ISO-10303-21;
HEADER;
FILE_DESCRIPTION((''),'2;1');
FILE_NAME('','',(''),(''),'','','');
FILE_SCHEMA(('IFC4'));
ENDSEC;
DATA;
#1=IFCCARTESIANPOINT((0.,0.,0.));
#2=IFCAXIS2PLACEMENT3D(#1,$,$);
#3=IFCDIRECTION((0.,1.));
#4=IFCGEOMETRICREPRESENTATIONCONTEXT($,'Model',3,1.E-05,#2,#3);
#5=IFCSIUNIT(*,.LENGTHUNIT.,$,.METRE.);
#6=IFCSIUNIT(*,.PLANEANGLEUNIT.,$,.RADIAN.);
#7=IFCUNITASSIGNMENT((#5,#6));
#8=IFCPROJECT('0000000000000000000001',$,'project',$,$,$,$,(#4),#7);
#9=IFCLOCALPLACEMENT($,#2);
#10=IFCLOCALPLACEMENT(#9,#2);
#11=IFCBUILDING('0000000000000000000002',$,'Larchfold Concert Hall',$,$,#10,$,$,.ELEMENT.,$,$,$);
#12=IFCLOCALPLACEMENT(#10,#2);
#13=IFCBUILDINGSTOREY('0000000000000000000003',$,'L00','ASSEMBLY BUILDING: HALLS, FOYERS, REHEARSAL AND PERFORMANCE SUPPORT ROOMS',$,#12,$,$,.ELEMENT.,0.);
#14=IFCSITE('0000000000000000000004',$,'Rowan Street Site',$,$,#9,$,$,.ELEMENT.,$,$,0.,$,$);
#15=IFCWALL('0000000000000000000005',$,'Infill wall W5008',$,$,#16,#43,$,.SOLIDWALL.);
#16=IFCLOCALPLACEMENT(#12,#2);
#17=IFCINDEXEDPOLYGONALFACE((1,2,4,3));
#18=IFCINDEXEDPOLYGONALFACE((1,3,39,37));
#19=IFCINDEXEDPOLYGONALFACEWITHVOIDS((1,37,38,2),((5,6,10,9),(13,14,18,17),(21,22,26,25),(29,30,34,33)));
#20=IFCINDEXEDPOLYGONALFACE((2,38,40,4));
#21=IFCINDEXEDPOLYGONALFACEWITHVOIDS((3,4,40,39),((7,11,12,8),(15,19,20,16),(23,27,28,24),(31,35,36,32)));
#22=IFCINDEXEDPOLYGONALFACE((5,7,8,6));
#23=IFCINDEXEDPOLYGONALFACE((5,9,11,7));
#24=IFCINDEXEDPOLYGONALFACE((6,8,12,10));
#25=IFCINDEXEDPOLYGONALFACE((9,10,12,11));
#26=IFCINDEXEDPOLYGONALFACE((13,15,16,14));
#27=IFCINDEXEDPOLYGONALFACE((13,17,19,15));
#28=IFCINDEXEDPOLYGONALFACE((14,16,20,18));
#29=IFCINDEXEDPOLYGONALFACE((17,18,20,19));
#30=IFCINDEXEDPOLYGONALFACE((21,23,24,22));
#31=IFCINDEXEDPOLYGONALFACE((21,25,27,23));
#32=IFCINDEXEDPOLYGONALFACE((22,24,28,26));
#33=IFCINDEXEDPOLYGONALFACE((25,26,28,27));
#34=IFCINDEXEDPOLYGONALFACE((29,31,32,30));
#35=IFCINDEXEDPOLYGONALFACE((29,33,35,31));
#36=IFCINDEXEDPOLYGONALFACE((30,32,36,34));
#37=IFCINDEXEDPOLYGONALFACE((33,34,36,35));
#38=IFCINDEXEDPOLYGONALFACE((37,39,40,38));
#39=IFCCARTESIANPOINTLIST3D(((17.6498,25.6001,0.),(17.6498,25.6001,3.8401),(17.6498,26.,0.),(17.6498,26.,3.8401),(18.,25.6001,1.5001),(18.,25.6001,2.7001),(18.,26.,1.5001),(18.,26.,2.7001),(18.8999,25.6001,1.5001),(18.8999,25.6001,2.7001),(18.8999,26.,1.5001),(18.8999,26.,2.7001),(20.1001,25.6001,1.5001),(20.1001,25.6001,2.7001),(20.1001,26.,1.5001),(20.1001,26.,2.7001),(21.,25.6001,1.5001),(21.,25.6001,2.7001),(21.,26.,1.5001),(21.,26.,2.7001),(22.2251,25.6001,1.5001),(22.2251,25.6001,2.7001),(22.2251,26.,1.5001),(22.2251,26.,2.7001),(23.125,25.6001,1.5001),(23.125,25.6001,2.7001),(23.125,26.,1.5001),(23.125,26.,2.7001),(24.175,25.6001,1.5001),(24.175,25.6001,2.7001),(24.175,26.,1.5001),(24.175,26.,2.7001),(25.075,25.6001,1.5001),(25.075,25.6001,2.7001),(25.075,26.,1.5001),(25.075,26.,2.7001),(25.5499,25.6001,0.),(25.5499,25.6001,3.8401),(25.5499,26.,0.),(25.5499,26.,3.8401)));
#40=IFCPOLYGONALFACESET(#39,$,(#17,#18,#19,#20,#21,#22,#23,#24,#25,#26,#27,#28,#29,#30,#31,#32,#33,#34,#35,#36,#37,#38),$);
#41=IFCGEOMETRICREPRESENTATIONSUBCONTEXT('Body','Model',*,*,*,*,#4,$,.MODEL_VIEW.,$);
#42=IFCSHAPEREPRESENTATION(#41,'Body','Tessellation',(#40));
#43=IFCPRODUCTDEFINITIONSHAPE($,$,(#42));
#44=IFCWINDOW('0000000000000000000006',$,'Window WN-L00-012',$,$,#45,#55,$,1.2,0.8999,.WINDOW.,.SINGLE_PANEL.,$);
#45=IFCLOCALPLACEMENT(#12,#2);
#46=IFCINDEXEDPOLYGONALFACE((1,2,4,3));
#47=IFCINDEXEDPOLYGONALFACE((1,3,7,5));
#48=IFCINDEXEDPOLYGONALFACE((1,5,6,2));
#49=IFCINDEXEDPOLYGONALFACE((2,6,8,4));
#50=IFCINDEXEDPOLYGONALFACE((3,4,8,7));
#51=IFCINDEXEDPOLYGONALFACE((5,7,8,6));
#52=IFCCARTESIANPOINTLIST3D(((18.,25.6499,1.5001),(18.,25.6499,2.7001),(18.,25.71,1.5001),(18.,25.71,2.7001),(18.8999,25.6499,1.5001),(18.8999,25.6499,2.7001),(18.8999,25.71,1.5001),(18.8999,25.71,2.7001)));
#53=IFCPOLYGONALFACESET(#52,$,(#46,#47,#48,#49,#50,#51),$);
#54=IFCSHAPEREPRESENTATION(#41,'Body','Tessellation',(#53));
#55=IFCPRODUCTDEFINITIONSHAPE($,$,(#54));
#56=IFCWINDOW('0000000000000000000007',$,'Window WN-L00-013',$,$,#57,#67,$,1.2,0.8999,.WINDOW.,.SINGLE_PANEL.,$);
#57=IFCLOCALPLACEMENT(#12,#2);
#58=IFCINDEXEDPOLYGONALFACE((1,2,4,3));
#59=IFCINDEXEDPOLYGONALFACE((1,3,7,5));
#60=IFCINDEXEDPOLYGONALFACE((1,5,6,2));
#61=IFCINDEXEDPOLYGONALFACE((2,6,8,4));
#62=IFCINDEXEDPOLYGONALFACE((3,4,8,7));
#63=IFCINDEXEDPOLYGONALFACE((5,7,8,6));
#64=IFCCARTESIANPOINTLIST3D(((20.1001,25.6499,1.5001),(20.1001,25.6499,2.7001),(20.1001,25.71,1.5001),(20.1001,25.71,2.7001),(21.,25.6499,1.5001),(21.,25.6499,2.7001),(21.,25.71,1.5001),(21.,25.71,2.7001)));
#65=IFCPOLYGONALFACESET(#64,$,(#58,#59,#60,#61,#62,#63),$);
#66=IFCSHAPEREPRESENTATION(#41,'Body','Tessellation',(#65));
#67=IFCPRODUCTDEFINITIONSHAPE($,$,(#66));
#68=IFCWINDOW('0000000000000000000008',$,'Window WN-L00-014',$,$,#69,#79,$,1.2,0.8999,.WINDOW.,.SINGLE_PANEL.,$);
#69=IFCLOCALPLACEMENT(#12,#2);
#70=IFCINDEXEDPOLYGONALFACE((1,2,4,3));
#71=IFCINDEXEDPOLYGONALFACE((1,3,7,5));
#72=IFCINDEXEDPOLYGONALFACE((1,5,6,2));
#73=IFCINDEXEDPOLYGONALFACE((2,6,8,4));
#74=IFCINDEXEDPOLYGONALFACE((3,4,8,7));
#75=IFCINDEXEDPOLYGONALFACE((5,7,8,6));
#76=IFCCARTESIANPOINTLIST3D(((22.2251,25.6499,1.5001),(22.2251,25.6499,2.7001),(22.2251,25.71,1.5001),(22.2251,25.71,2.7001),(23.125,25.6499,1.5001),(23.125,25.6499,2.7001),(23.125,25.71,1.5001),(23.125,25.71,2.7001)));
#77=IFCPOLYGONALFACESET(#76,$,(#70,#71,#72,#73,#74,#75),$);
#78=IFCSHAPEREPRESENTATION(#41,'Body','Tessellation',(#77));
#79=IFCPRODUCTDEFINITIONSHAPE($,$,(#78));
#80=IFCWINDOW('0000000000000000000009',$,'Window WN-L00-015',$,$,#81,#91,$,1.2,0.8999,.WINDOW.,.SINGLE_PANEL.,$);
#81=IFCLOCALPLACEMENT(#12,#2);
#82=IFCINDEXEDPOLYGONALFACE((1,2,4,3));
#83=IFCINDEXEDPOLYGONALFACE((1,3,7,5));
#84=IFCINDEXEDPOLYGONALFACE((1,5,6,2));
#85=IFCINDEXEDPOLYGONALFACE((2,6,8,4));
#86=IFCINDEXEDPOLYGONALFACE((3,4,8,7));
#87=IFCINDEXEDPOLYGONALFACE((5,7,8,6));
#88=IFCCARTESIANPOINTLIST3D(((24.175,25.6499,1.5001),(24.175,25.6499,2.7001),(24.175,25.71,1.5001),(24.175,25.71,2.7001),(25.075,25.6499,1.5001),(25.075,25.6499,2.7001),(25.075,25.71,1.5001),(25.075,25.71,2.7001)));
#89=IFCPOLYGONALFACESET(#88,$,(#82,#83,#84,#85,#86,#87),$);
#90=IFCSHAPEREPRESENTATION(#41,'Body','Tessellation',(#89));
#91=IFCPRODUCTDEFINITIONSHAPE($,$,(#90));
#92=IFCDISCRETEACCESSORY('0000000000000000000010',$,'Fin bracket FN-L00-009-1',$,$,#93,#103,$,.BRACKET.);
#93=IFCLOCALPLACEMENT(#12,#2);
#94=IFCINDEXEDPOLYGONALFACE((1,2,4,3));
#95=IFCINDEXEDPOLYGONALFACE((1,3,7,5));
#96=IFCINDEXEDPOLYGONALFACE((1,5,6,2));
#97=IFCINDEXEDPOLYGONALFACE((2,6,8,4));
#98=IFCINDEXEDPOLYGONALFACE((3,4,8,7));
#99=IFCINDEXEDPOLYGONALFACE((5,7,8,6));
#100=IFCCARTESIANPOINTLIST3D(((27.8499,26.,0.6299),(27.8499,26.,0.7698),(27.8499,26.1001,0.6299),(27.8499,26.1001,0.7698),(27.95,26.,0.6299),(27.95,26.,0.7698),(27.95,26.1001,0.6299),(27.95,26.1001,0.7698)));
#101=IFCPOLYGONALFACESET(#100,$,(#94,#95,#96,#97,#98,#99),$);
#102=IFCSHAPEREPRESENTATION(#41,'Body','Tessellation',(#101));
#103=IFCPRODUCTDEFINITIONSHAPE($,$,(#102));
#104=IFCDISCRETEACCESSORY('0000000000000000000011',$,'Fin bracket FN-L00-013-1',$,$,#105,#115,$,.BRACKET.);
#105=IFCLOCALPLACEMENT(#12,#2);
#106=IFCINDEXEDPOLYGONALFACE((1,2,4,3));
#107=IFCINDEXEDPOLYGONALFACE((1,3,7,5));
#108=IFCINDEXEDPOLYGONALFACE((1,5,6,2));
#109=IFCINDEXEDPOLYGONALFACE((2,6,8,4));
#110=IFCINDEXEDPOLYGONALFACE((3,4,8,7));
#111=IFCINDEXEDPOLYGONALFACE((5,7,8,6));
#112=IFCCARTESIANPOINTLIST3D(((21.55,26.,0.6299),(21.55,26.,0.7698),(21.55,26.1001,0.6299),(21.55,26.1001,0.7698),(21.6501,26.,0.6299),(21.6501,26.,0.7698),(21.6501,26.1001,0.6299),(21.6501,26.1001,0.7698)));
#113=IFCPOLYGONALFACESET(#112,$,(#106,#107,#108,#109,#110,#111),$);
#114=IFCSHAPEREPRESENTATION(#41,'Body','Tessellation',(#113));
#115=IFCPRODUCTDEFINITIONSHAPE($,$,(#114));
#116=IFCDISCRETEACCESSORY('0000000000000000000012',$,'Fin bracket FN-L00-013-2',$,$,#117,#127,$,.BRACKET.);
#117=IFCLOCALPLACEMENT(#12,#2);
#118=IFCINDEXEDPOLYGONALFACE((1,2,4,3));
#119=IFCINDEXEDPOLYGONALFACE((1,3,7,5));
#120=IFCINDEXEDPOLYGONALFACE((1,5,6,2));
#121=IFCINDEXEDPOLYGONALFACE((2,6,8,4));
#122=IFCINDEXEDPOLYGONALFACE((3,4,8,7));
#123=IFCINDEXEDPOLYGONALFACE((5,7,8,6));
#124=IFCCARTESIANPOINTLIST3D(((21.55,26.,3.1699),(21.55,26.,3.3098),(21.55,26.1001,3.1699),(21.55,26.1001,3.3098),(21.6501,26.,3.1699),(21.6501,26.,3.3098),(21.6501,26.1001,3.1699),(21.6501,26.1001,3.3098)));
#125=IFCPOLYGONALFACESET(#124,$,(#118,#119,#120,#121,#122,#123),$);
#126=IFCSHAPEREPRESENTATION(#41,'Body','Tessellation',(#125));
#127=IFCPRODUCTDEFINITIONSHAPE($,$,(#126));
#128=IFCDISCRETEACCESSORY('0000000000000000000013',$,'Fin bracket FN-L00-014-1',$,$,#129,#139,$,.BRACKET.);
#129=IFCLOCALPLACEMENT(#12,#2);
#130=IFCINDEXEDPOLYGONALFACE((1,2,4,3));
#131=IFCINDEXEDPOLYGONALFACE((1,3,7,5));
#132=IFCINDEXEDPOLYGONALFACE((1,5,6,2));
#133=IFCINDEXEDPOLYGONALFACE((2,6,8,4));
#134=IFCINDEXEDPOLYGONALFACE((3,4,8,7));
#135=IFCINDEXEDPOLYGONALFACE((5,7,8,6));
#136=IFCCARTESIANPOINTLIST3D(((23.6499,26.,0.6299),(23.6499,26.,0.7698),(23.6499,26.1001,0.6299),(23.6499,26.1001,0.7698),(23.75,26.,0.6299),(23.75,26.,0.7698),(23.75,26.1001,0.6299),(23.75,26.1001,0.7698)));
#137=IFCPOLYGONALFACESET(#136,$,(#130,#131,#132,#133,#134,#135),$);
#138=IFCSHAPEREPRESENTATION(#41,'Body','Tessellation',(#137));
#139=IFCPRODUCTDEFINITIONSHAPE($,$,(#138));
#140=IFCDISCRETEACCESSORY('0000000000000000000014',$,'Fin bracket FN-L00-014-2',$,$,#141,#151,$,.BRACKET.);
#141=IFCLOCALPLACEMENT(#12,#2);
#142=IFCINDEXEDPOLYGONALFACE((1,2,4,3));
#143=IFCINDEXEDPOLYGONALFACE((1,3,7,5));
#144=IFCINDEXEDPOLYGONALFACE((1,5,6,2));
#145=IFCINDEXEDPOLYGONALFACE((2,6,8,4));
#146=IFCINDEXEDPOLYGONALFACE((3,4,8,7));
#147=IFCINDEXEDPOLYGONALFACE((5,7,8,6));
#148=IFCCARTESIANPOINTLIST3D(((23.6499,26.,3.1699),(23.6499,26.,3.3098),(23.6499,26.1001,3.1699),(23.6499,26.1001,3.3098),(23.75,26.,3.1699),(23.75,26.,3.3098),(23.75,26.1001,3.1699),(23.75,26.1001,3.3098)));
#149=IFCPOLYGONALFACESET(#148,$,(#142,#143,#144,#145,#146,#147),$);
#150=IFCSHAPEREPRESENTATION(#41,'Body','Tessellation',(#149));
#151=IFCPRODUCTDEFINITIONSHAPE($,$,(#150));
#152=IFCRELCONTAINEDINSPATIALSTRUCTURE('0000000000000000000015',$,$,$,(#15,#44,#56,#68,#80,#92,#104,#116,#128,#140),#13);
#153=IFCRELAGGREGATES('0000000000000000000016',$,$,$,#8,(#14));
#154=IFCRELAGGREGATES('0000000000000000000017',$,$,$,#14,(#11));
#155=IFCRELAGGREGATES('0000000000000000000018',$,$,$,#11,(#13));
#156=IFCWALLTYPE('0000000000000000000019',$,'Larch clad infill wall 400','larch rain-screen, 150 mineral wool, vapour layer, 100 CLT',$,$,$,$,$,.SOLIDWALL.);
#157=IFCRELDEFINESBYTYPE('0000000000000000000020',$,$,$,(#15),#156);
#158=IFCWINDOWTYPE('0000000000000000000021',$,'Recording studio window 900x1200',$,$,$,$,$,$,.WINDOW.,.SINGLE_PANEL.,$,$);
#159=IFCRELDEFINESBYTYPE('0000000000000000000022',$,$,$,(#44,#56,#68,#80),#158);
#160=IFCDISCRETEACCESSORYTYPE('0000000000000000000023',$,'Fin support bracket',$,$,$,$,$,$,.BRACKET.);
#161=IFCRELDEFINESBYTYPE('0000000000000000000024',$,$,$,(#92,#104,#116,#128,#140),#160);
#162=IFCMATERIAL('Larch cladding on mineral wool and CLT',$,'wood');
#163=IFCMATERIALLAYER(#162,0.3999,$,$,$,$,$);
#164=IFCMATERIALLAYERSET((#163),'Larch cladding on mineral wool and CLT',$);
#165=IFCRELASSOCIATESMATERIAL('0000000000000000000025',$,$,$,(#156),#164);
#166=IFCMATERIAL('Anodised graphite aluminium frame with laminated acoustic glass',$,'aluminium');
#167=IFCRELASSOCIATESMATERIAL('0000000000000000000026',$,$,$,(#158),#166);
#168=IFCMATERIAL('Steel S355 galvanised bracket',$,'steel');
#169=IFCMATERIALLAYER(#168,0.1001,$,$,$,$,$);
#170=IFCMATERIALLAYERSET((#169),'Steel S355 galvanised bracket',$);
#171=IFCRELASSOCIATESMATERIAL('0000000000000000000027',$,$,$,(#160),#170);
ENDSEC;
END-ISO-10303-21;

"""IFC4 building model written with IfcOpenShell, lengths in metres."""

from ifc_helpers import new_model, si_unit, direction, frame, frame_2d, origin, origin_2d, place, context, subcontext, project, spatial, rectangle, extrude, material, layer, layer_set, type_object, element, fill, save


model = new_model("IFC4")

# Units and contexts
model_context = context("Model", 3, precision=1e-05, world=origin(), true_north=direction((0.0, 1.0)))
body_context = subcontext(model_context, "Body", "Model", "MODEL_VIEW")
ifc_project = project(units=[si_unit("LENGTHUNIT", "METRE"), si_unit("PLANEANGLEUNIT", "RADIAN")], contexts=[model_context])

# Site, building, storey
site_placement = place(None, origin())
site = spatial("IfcSite", under=ifc_project, at=site_placement, Name="Rowan Street Site", CompositionType="ELEMENT", RefElevation=0.0)
building_placement = place(site_placement, origin())
building = spatial("IfcBuilding", under=site, at=building_placement, Name="Larchfold Concert Hall", CompositionType="ELEMENT")
storey_placement = place(building_placement, origin())
storey = spatial("IfcBuildingStorey", under=building, at=storey_placement, Name="L00", Description="ASSEMBLY BUILDING: HALLS, FOYERS, REHEARSAL AND PERFORMANCE SUPPORT ROOMS", CompositionType="ELEMENT", Elevation=0.0)

# Wall, openings, windows
ifc_material_1 = material(Name="Larch cladding on mineral wool and CLT", Category="wood")
ifc_layer_1 = layer(ifc_material_1, 0.3999)
ifc_layer_set_1 = layer_set([ifc_layer_1], Name="Larch cladding on mineral wool and CLT")
wall_type_1 = type_object("IfcWallType", Name="Larch clad infill wall 400", Description="larch rain-screen, 150 mineral wool, vapour layer, 100 CLT", PredefinedType="SOLIDWALL", material=ifc_layer_set_1)
wall_1_placement = place(storey_placement, frame((25.55, 25.8, 0.0), z_axis=(0.0, 0.0, 1.0), x_axis=(-1.0, 0.0, 0.0)))
wall_1 = element("IfcWall", 1, at=wall_1_placement, inside=storey, type_object=wall_type_1, Name="Infill wall W5008", PredefinedType="SOLIDWALL", context=body_context, shape_type="SweptSolid", body=[
    extrude(rectangle(XDim=7.9001, YDim=0.3999, at=frame_2d((3.9502, 0.0))), origin(), (0.0, 0.0, 1.0), 3.8401),
])
opening_1_placement = place(wall_1_placement, frame((6.6501, 0.0, 1.5)))
opening_1 = element("IfcOpeningElement", 2, at=opening_1_placement, cuts=wall_1, PredefinedType="OPENING", context=body_context, shape_type="SweptSolid", body=[
    extrude(rectangle(XDim=0.8999, YDim=1.2, at=frame_2d((0.45, 0.6001))), frame((0.0, 0.21, 0.0), z_axis=(0.0, -1.0, 0.0), x_axis=(1.0, 0.0, 0.0)), (0.0, 0.0, 1.0), 0.4199),
])
opening_2_placement = place(wall_1_placement, frame((4.55, 0.0, 1.5)))
opening_2 = element("IfcOpeningElement", 3, at=opening_2_placement, cuts=wall_1, PredefinedType="OPENING", context=body_context, shape_type="SweptSolid", body=[
    extrude(rectangle(XDim=0.8999, YDim=1.2, at=frame_2d((0.45, 0.6001))), frame((0.0, 0.21, 0.0), z_axis=(0.0, -1.0, 0.0), x_axis=(1.0, 0.0, 0.0)), (0.0, 0.0, 1.0), 0.4199),
])
opening_3_placement = place(wall_1_placement, frame((2.425, 0.0, 1.5)))
opening_3 = element("IfcOpeningElement", 4, at=opening_3_placement, cuts=wall_1, PredefinedType="OPENING", context=body_context, shape_type="SweptSolid", body=[
    extrude(rectangle(XDim=0.8999, YDim=1.2, at=frame_2d((0.45, 0.6001))), frame((0.0, 0.21, 0.0), z_axis=(0.0, -1.0, 0.0), x_axis=(1.0, 0.0, 0.0)), (0.0, 0.0, 1.0), 0.4199),
])
opening_4_placement = place(wall_1_placement, frame((0.4751, 0.0, 1.5)))
opening_4 = element("IfcOpeningElement", 5, at=opening_4_placement, cuts=wall_1, PredefinedType="OPENING", context=body_context, shape_type="SweptSolid", body=[
    extrude(rectangle(XDim=0.8999, YDim=1.2, at=frame_2d((0.45, 0.6001))), frame((0.0, 0.21, 0.0), z_axis=(0.0, -1.0, 0.0), x_axis=(1.0, 0.0, 0.0)), (0.0, 0.0, 1.0), 0.4199),
])
ifc_material_2 = material(Name="Anodised graphite aluminium frame with laminated acoustic glass", Category="aluminium")
window_type = type_object("IfcWindowType", Name="Recording studio window 900x1200", PartitioningType="SINGLE_PANEL", PredefinedType="WINDOW", material=ifc_material_2)
window_1_placement = place(opening_1_placement, origin())
window_1 = element("IfcWindow", 6, at=window_1_placement, inside=storey, type_object=window_type, Name="Window WN-L00-012", OverallHeight=1.2, OverallWidth=0.8999, PartitioningType="SINGLE_PANEL", PredefinedType="WINDOW", context=body_context, shape_type="SweptSolid", body=[
    extrude(rectangle(XDim=0.8999, YDim=1.2, at=frame_2d((0.45, 0.6001))), frame((0.0, 0.1501, 0.0), z_axis=(0.0, -1.0, 0.0), x_axis=(1.0, 0.0, 0.0)), (0.0, 0.0, 1.0), 0.0601),
])
fill(opening_1, window_1)
window_2_placement = place(opening_2_placement, origin())
window_2 = element("IfcWindow", 7, at=window_2_placement, inside=storey, type_object=window_type, Name="Window WN-L00-013", OverallHeight=1.2, OverallWidth=0.8999, PartitioningType="SINGLE_PANEL", PredefinedType="WINDOW", context=body_context, shape_type="SweptSolid", body=[
    extrude(rectangle(XDim=0.8999, YDim=1.2, at=frame_2d((0.45, 0.6001))), frame((0.0, 0.1501, 0.0), z_axis=(0.0, -1.0, 0.0), x_axis=(1.0, 0.0, 0.0)), (0.0, 0.0, 1.0), 0.0601),
])
fill(opening_2, window_2)
window_3_placement = place(opening_3_placement, origin())
window_3 = element("IfcWindow", 8, at=window_3_placement, inside=storey, type_object=window_type, Name="Window WN-L00-014", OverallHeight=1.2, OverallWidth=0.8999, PartitioningType="SINGLE_PANEL", PredefinedType="WINDOW", context=body_context, shape_type="SweptSolid", body=[
    extrude(rectangle(XDim=0.8999, YDim=1.2, at=frame_2d((0.45, 0.6001))), frame((0.0, 0.1501, 0.0), z_axis=(0.0, -1.0, 0.0), x_axis=(1.0, 0.0, 0.0)), (0.0, 0.0, 1.0), 0.0601),
])
fill(opening_3, window_3)
window_4_placement = place(opening_4_placement, origin())
window_4 = element("IfcWindow", 9, at=window_4_placement, inside=storey, type_object=window_type, Name="Window WN-L00-015", OverallHeight=1.2, OverallWidth=0.8999, PartitioningType="SINGLE_PANEL", PredefinedType="WINDOW", context=body_context, shape_type="SweptSolid", body=[
    extrude(rectangle(XDim=0.8999, YDim=1.2, at=frame_2d((0.45, 0.6001))), frame((0.0, 0.1501, 0.0), z_axis=(0.0, -1.0, 0.0), x_axis=(1.0, 0.0, 0.0)), (0.0, 0.0, 1.0), 0.0601),
])
fill(opening_4, window_4)

# Discrete accessories
ifc_material_3 = material(Name="Steel S355 galvanised bracket", Category="steel")
ifc_layer_2 = layer(ifc_material_3, 0.1001)
ifc_layer_set_2 = layer_set([ifc_layer_2], Name="Steel S355 galvanised bracket")
discrete_accessory_type = type_object("IfcDiscreteAccessoryType", Name="Fin support bracket", PredefinedType="BRACKET", material=ifc_layer_set_2)
for number, where, z_axis, x_axis, name in (
    (10, (27.8999, 26.05, 0.6299), (0.0, 0.0, 1.0), (0.0, 1.0, 0.0), "Fin bracket FN-L00-009-1"),
    (11, (21.6001, 26.05, 0.6299), (0.0, 0.0, 1.0), (0.0, 1.0, 0.0), "Fin bracket FN-L00-013-1"),
    (12, (21.6001, 26.05, 3.1699), (0.0, 0.0, 1.0), (0.0, 1.0, 0.0), "Fin bracket FN-L00-013-2"),
    (13, (23.7, 26.05, 0.6299), (0.0, 0.0, 1.0), (0.0, 1.0, 0.0), "Fin bracket FN-L00-014-1"),
    (14, (23.7, 26.05, 3.1699), (0.0, 0.0, 1.0), (0.0, 1.0, 0.0), "Fin bracket FN-L00-014-2"),
):
    element("IfcDiscreteAccessory", number, at=place(storey_placement, frame(where, z_axis=z_axis, x_axis=x_axis)), inside=storey, type_object=discrete_accessory_type, Name=name, PredefinedType="BRACKET", context=body_context, shape_type="SweptSolid", body=[
        extrude(rectangle(XDim=0.1001, YDim=0.1001, at=origin_2d()), origin(), (0.0, 0.0, 1.0), 0.1399),
    ])

save(model, "model.ifc")
